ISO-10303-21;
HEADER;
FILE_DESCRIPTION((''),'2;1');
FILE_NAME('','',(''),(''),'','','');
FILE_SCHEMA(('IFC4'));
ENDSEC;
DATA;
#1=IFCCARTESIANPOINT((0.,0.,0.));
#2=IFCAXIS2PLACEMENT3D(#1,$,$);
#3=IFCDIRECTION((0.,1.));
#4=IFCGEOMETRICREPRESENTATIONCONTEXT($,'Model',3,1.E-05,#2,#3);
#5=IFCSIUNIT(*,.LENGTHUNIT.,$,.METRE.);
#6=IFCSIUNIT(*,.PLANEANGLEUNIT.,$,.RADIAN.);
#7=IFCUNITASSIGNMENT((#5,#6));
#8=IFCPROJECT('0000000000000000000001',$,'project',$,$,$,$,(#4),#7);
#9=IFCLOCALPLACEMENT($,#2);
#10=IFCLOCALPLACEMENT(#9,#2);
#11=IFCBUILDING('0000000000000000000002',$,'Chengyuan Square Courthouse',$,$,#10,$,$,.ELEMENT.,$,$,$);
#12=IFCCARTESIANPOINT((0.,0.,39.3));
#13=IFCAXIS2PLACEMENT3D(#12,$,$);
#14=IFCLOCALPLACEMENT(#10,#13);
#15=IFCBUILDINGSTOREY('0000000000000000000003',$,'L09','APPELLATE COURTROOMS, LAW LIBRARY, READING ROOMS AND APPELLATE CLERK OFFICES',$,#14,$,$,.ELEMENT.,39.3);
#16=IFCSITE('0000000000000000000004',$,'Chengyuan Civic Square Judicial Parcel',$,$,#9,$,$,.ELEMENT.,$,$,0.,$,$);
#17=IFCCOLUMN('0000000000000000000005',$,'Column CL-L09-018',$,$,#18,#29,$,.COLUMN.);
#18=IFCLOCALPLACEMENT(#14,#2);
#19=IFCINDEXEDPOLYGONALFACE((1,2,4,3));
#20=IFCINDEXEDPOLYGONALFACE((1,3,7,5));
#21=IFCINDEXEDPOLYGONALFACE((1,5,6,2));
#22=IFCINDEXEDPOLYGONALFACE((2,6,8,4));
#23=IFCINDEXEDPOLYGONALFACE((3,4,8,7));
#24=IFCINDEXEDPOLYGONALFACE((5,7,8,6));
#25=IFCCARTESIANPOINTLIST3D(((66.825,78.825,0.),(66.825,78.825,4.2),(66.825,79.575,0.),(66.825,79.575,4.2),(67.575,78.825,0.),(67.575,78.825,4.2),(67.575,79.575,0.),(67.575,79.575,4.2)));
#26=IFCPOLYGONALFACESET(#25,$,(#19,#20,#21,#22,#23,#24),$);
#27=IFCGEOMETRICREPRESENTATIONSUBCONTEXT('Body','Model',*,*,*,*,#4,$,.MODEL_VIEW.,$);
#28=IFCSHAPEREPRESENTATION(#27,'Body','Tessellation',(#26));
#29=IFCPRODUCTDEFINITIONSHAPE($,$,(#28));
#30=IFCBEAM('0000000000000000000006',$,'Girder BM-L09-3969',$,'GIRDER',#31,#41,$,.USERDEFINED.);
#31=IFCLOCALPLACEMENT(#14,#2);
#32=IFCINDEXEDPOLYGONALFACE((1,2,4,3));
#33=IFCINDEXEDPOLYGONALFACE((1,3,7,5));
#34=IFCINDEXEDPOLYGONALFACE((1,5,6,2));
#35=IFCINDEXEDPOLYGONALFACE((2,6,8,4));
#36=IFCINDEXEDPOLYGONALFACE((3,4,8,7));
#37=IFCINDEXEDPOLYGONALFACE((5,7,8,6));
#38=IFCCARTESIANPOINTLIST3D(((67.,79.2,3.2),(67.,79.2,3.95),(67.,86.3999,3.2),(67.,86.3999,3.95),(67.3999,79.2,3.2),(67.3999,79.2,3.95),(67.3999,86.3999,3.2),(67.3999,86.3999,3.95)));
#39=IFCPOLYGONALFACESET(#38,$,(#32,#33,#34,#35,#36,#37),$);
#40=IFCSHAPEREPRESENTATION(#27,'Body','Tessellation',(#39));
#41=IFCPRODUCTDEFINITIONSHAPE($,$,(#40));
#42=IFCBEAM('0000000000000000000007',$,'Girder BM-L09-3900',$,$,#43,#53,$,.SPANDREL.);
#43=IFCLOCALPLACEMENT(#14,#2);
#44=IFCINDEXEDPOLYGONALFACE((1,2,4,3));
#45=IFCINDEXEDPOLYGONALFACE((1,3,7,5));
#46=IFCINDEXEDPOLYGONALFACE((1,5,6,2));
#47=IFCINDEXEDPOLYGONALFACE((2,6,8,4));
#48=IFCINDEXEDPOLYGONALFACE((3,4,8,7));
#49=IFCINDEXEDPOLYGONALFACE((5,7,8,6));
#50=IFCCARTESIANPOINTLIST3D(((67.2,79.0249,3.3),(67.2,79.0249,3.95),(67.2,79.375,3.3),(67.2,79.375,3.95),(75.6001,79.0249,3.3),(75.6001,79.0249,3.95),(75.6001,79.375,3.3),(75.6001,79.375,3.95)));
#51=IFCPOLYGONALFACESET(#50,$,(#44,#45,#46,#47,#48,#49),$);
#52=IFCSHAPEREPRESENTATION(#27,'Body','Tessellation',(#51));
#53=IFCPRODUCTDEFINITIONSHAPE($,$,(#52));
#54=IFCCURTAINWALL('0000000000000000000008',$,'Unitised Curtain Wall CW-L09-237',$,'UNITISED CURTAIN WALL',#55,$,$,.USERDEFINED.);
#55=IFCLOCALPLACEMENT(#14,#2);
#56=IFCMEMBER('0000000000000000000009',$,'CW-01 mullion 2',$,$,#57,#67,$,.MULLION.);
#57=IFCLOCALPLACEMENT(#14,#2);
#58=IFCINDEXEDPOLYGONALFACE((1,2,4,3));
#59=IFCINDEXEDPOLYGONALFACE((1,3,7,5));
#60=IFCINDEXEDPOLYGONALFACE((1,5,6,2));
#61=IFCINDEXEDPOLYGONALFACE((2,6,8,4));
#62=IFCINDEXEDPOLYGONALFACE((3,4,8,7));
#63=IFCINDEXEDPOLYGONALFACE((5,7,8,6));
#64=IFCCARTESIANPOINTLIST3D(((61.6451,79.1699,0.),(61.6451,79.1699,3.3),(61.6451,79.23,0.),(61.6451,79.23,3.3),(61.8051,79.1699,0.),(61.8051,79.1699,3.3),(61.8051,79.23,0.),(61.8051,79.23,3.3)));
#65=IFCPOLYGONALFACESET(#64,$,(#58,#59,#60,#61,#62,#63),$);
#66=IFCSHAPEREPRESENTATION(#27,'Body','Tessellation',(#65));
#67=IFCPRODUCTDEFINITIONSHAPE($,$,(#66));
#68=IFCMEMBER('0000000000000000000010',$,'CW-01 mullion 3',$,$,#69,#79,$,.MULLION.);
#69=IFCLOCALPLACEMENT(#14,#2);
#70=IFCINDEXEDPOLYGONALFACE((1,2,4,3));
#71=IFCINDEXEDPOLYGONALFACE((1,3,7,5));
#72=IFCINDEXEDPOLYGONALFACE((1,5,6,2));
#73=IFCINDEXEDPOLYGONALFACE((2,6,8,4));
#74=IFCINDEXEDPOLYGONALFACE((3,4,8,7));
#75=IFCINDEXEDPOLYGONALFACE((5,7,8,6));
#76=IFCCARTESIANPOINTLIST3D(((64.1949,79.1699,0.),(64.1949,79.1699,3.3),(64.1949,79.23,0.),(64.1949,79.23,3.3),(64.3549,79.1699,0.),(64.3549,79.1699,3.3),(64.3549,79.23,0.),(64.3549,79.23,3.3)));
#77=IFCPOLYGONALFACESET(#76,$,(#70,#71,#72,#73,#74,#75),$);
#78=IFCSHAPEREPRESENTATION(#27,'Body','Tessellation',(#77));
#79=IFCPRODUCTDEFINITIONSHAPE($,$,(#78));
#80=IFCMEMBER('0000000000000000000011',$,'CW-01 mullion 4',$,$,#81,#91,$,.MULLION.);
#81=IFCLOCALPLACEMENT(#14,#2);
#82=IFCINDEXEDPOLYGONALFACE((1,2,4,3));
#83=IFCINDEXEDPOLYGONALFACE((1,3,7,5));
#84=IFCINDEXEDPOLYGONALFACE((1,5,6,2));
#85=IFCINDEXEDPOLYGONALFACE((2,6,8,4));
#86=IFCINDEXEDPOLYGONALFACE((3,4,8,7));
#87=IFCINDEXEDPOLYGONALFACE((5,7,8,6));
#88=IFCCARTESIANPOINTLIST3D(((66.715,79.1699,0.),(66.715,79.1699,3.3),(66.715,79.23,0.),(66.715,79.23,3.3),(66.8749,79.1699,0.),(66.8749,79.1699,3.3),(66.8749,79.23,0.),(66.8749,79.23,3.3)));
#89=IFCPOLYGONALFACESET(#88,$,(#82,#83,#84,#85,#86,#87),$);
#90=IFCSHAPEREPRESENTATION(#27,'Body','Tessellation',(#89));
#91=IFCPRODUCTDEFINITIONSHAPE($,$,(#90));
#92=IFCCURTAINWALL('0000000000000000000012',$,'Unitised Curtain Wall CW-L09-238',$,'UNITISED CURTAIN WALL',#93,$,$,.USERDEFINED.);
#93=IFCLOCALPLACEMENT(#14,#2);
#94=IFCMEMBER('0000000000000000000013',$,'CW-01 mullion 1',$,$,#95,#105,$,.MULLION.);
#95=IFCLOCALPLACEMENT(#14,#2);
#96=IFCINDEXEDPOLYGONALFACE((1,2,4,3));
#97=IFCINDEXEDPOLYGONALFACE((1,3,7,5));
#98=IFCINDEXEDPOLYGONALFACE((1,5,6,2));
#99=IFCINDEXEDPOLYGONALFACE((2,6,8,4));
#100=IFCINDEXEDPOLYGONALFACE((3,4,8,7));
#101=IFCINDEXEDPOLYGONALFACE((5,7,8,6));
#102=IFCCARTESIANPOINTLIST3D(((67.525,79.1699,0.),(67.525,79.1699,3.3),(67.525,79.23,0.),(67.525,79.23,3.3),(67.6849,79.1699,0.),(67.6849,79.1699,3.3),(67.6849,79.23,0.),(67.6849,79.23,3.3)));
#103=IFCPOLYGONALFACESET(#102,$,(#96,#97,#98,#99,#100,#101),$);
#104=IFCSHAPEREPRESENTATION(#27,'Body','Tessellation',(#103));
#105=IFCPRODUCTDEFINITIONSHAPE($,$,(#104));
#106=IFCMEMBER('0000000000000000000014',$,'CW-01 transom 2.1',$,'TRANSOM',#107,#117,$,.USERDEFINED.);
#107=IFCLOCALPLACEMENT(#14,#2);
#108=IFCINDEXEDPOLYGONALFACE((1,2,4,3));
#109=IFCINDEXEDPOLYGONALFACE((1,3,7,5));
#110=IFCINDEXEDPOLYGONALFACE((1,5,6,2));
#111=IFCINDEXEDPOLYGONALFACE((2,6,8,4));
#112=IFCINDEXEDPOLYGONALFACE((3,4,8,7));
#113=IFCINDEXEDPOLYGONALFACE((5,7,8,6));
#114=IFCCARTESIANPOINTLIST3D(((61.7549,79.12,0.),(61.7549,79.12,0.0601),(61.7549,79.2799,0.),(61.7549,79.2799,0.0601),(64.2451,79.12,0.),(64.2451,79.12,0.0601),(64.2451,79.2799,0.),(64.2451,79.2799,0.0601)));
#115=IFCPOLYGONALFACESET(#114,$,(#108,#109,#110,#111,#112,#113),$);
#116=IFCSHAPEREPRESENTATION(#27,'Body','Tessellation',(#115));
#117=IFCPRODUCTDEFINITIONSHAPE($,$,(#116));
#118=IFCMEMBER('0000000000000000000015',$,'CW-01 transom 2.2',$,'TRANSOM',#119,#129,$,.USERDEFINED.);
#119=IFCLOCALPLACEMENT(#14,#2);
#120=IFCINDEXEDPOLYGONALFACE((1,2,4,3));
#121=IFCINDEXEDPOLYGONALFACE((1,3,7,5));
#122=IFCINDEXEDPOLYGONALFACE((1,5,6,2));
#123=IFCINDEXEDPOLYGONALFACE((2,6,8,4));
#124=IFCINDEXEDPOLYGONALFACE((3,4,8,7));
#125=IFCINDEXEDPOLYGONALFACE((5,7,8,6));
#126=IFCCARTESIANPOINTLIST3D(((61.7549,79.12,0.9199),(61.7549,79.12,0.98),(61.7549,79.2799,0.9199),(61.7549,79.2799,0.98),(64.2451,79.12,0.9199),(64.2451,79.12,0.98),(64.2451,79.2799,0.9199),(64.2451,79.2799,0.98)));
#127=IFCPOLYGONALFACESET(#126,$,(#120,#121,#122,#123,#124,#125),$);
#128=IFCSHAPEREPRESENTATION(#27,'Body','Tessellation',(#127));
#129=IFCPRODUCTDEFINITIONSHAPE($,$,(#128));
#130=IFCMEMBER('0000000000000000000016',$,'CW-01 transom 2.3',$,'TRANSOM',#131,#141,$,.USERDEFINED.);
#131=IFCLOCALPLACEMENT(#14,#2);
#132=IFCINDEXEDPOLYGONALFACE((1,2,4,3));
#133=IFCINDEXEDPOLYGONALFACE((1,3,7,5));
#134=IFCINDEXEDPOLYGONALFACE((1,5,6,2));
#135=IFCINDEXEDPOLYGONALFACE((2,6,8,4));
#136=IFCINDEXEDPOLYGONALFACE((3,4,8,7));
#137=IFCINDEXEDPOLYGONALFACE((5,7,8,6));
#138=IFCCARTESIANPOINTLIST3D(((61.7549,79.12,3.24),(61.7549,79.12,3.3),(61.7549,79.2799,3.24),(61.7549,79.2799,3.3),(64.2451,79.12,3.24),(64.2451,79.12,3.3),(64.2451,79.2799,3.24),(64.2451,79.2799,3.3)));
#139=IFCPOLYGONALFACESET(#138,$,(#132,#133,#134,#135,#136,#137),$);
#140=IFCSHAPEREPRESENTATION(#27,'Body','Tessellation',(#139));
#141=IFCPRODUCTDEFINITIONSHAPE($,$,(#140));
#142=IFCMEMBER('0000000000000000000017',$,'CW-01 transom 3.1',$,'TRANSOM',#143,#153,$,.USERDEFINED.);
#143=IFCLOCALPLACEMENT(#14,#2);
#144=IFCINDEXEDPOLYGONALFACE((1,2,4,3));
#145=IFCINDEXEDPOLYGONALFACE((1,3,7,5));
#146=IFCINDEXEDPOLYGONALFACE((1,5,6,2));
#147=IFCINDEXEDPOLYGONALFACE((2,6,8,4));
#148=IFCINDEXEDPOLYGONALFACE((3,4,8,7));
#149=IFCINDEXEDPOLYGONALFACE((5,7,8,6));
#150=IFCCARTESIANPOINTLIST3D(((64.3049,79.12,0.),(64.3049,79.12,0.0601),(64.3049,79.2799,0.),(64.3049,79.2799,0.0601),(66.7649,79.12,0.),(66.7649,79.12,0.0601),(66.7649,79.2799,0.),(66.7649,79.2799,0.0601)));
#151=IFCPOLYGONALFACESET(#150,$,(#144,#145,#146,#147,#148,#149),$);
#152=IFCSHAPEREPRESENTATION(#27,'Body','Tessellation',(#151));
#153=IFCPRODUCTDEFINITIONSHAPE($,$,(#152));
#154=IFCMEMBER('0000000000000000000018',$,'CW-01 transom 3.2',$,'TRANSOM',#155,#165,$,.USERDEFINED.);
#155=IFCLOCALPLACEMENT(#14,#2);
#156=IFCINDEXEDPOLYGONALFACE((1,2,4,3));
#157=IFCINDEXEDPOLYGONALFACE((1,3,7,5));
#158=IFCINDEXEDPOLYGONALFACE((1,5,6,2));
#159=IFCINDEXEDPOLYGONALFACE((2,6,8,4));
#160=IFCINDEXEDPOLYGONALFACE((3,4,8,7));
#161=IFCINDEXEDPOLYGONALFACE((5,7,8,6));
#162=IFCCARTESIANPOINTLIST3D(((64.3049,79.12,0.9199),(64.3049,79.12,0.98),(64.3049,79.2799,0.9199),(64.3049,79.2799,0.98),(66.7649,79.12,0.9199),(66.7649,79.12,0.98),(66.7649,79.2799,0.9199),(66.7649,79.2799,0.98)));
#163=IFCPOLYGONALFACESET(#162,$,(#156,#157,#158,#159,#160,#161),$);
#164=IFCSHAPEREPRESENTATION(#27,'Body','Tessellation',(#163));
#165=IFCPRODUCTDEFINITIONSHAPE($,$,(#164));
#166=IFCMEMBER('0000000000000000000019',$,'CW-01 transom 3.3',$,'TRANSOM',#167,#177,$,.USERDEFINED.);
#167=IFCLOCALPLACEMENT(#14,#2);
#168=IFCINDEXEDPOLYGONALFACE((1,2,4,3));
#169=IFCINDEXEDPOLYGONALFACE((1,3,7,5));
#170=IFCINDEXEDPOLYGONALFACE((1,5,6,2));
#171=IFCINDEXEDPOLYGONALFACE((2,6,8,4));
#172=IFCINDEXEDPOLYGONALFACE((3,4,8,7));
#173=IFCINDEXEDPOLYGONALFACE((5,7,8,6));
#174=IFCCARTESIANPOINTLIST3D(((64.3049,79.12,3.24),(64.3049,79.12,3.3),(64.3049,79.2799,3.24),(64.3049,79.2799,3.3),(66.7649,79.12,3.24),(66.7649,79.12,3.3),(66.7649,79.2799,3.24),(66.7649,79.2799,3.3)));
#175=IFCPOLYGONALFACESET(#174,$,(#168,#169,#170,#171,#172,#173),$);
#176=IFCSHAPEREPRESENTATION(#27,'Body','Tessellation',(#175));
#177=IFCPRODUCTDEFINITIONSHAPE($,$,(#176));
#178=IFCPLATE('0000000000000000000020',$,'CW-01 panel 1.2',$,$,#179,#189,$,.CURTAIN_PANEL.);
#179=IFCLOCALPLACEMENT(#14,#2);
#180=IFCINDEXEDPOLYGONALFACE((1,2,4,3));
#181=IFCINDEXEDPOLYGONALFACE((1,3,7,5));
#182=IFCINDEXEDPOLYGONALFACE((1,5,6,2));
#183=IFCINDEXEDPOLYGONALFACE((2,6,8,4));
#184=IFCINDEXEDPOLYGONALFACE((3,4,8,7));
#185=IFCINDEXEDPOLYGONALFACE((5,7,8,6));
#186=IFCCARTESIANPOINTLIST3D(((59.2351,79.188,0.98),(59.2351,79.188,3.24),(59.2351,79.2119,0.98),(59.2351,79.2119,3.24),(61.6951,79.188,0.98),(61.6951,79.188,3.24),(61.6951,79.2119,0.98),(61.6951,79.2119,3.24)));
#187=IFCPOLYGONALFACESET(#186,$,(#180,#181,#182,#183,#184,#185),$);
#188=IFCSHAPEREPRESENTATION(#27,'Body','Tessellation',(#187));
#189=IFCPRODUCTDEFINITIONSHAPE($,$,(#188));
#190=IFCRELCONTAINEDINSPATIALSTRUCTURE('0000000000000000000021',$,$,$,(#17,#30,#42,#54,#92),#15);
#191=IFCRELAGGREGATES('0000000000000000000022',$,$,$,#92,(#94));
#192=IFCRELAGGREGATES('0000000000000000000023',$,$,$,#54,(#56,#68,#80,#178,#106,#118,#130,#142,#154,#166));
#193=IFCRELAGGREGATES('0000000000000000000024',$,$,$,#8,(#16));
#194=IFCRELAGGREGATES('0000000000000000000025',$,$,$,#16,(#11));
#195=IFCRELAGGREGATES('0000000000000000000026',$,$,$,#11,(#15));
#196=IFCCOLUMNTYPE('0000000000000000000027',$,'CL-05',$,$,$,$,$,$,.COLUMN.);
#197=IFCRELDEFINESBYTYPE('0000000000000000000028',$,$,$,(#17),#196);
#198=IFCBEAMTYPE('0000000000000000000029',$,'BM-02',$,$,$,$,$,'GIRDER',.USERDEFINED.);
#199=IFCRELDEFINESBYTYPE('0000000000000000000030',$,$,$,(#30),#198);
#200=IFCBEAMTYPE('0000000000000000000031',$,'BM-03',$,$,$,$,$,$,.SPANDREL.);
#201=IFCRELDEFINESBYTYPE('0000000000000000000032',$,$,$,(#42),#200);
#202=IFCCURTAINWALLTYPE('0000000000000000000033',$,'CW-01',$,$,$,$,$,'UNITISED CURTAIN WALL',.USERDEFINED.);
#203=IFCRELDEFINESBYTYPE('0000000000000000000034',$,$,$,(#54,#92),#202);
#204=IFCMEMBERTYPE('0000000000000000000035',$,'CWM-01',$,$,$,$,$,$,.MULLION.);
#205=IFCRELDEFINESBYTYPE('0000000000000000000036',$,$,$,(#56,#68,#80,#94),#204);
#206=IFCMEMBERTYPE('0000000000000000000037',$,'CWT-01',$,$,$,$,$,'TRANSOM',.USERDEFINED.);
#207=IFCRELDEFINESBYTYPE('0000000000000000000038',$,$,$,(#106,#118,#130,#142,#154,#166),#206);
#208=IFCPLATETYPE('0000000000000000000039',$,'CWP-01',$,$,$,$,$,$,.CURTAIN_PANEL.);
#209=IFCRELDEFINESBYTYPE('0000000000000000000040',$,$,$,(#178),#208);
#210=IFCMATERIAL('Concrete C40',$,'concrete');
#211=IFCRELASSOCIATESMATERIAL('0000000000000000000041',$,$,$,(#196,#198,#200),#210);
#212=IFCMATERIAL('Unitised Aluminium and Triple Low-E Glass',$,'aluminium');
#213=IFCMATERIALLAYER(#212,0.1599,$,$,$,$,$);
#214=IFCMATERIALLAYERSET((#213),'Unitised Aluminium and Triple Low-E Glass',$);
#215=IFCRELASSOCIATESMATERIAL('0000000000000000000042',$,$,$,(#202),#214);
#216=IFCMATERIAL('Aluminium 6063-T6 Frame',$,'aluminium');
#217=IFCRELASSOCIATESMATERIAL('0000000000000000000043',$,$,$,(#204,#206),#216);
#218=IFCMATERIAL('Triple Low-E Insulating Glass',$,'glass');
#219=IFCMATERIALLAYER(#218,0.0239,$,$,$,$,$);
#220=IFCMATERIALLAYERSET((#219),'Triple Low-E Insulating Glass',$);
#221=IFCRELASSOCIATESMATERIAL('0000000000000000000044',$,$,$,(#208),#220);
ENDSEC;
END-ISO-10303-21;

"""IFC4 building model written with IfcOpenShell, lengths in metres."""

from ifc_helpers import new_model, si_unit, direction, frame, origin, origin_2d, place, context, subcontext, project, spatial, rectangle, extrude, material, layer, layer_set, material_profile, profile_set, type_object, element, aggregate, save


model = new_model("IFC4")

# Units and contexts
model_context = context("Model", 3, precision=1e-05, world=origin(), true_north=direction((0.0, 1.0)))
body_context = subcontext(model_context, "Body", "Model", "MODEL_VIEW")
ifc_project = project(units=[si_unit("LENGTHUNIT", "METRE"), si_unit("PLANEANGLEUNIT", "RADIAN")], contexts=[model_context])

# Site, building, storey
site_placement = place(None, origin())
site = spatial("IfcSite", under=ifc_project, at=site_placement, Name="Chengyuan Civic Square Judicial Parcel", CompositionType="ELEMENT", RefElevation=0.0)
building_placement = place(site_placement, origin())
building = spatial("IfcBuilding", under=site, at=building_placement, Name="Chengyuan Square Courthouse", CompositionType="ELEMENT")
storey_placement = place(building_placement, frame((0.0, 0.0, 39.3)))
storey = spatial("IfcBuildingStorey", under=building, at=storey_placement, Name="L09", Description="APPELLATE COURTROOMS, LAW LIBRARY, READING ROOMS AND APPELLATE CLERK OFFICES", CompositionType="ELEMENT", Elevation=39.3)

# Column
ifc_material_1 = material(Name="Concrete C40", Category="concrete")
ifc_material_profile_1 = material_profile(ifc_material_1, rectangle(XDim=0.75, YDim=0.75, at=origin_2d()), Name="RC-COL-750x750")
ifc_profile_set_1 = profile_set([ifc_material_profile_1], Name="Concrete C40")
column_type = type_object("IfcColumnType", Name="CL-05", PredefinedType="COLUMN", material=ifc_profile_set_1)
column_placement = place(storey_placement, frame((67.2, 79.2, 0.0), z_axis=(0.0, 0.0, 1.0), x_axis=(1.0, 0.0, 0.0)))
element("IfcColumn", 1, at=column_placement, inside=storey, type_object=column_type, Name="Column CL-L09-018", PredefinedType="COLUMN", context=body_context, shape_type="SweptSolid", body=[
    extrude(rectangle(XDim=0.75, YDim=0.75, at=origin_2d()), origin(), (0.0, 0.0, 1.0), 4.2),
])

# Beams
ifc_material_profile_2 = material_profile(ifc_material_1, rectangle(XDim=0.3999, YDim=0.75, at=origin_2d()), Name="RC-BM-400x750")
ifc_profile_set_2 = profile_set([ifc_material_profile_2], Name="Concrete C40")
beam_type_1 = type_object("IfcBeamType", Name="BM-02", ElementType="GIRDER", PredefinedType="USERDEFINED", material=ifc_profile_set_2)
beam_1_placement = place(storey_placement, frame((67.2, 79.2, 3.575), z_axis=(0.0, 1.0, 0.0), x_axis=(-1.0, 0.0, 0.0)))
element("IfcBeam", 2, at=beam_1_placement, inside=storey, type_object=beam_type_1, Name="Girder BM-L09-3969", ObjectType="GIRDER", PredefinedType="USERDEFINED", context=body_context, shape_type="SweptSolid", body=[
    extrude(rectangle(XDim=0.3999, YDim=0.75, at=origin_2d()), origin(), (0.0, 0.0, 1.0), 7.2),
])
ifc_material_profile_3 = material_profile(ifc_material_1, rectangle(XDim=0.3501, YDim=0.6499, at=origin_2d()), Name="RC-BM-350x650")
ifc_profile_set_3 = profile_set([ifc_material_profile_3], Name="Concrete C40")
beam_type_2 = type_object("IfcBeamType", Name="BM-03", PredefinedType="SPANDREL", material=ifc_profile_set_3)
beam_2_placement = place(storey_placement, frame((67.2, 79.2, 3.625), z_axis=(1.0, 0.0, 0.0), x_axis=(0.0, 1.0, 0.0)))
element("IfcBeam", 3, at=beam_2_placement, inside=storey, type_object=beam_type_2, Name="Girder BM-L09-3900", PredefinedType="SPANDREL", context=body_context, shape_type="SweptSolid", body=[
    extrude(rectangle(XDim=0.3501, YDim=0.6499, at=origin_2d()), origin(), (0.0, 0.0, 1.0), 8.4001),
])

# Curtain wall, members
ifc_material_2 = material(Name="Unitised Aluminium and Triple Low-E Glass", Category="aluminium")
ifc_layer_1 = layer(ifc_material_2, 0.1599)
ifc_layer_set_1 = layer_set([ifc_layer_1], Name="Unitised Aluminium and Triple Low-E Glass")
curtain_wall_type = type_object("IfcCurtainWallType", Name="CW-01", ElementType="UNITISED CURTAIN WALL", PredefinedType="USERDEFINED", material=ifc_layer_set_1)
curtain_wall_1_placement = place(storey_placement, origin())
curtain_wall_1 = element("IfcCurtainWall", 4, at=curtain_wall_1_placement, inside=storey, type_object=curtain_wall_type, Name="Unitised Curtain Wall CW-L09-237", ObjectType="UNITISED CURTAIN WALL", PredefinedType="USERDEFINED")
ifc_material_3 = material(Name="Aluminium 6063-T6 Frame", Category="aluminium")
ifc_material_profile_4 = material_profile(ifc_material_3, rectangle(XDim=0.0601, YDim=0.1599, at=origin_2d()), Name="CW-MUL-60x160")
ifc_profile_set_4 = profile_set([ifc_material_profile_4], Name="Aluminium 6063-T6 Frame")
member_type_1 = type_object("IfcMemberType", Name="CWM-01", PredefinedType="MULLION", material=ifc_profile_set_4)
member_1_placement = place(storey_placement, frame((61.7251, 79.2, 0.0), z_axis=(0.0, 0.0, 1.0), x_axis=(0.0, 1.0, 0.0)))
member_1 = element("IfcMember", 5, at=member_1_placement, type_object=member_type_1, Name="CW-01 mullion 2", PredefinedType="MULLION", context=body_context, shape_type="SweptSolid", body=[
    extrude(rectangle(XDim=0.0601, YDim=0.1599, at=origin_2d()), origin(), (0.0, 0.0, 1.0), 3.3),
])
member_2_placement = place(storey_placement, frame((64.2749, 79.2, 0.0), z_axis=(0.0, 0.0, 1.0), x_axis=(0.0, 1.0, 0.0)))
member_2 = element("IfcMember", 6, at=member_2_placement, type_object=member_type_1, Name="CW-01 mullion 3", PredefinedType="MULLION", context=body_context, shape_type="SweptSolid", body=[
    extrude(rectangle(XDim=0.0601, YDim=0.1599, at=origin_2d()), origin(), (0.0, 0.0, 1.0), 3.3),
])
member_3_placement = place(storey_placement, frame((66.7949, 79.2, 0.0), z_axis=(0.0, 0.0, 1.0), x_axis=(0.0, 1.0, 0.0)))
member_3 = element("IfcMember", 7, at=member_3_placement, type_object=member_type_1, Name="CW-01 mullion 4", PredefinedType="MULLION", context=body_context, shape_type="SweptSolid", body=[
    extrude(rectangle(XDim=0.0601, YDim=0.1599, at=origin_2d()), origin(), (0.0, 0.0, 1.0), 3.3),
])

# Curtain wall, member
curtain_wall_2_placement = place(storey_placement, origin())
curtain_wall_2 = element("IfcCurtainWall", 8, at=curtain_wall_2_placement, inside=storey, type_object=curtain_wall_type, Name="Unitised Curtain Wall CW-L09-238", ObjectType="UNITISED CURTAIN WALL", PredefinedType="USERDEFINED")
member_4_placement = place(storey_placement, frame((67.605, 79.2, 0.0), z_axis=(0.0, 0.0, 1.0), x_axis=(0.0, 1.0, 0.0)))
member_4 = element("IfcMember", 9, at=member_4_placement, type_object=member_type_1, Name="CW-01 mullion 1", PredefinedType="MULLION", context=body_context, shape_type="SweptSolid", body=[
    extrude(rectangle(XDim=0.0601, YDim=0.1599, at=origin_2d()), origin(), (0.0, 0.0, 1.0), 3.3),
])
aggregate(curtain_wall_2, [member_4])

# Members
ifc_material_profile_5 = material_profile(ifc_material_3, rectangle(XDim=0.1599, YDim=0.0601, at=origin_2d()), Name="CW-TRN-60x120")
ifc_profile_set_5 = profile_set([ifc_material_profile_5], Name="Aluminium 6063-T6 Frame")
member_type_2 = type_object("IfcMemberType", Name="CWT-01", ElementType="TRANSOM", PredefinedType="USERDEFINED", material=ifc_profile_set_5)
member_5_placement = place(storey_placement, frame((61.7549, 79.2, 0.03), z_axis=(1.0, 0.0, 0.0), x_axis=(0.0, 1.0, 0.0)))
member_5 = element("IfcMember", 10, at=member_5_placement, type_object=member_type_2, Name="CW-01 transom 2.1", ObjectType="TRANSOM", PredefinedType="USERDEFINED", context=body_context, shape_type="SweptSolid", body=[
    extrude(rectangle(XDim=0.1599, YDim=0.0601, at=origin_2d()), origin(), (0.0, 0.0, 1.0), 2.4902),
])
member_6_placement = place(storey_placement, frame((61.7549, 79.2, 0.95), z_axis=(1.0, 0.0, 0.0), x_axis=(0.0, 1.0, 0.0)))
member_6 = element("IfcMember", 11, at=member_6_placement, type_object=member_type_2, Name="CW-01 transom 2.2", ObjectType="TRANSOM", PredefinedType="USERDEFINED", context=body_context, shape_type="SweptSolid", body=[
    extrude(rectangle(XDim=0.1599, YDim=0.0601, at=origin_2d()), origin(), (0.0, 0.0, 1.0), 2.4902),
])
member_7_placement = place(storey_placement, frame((61.7549, 79.2, 3.27), z_axis=(1.0, 0.0, 0.0), x_axis=(0.0, 1.0, 0.0)))
member_7 = element("IfcMember", 12, at=member_7_placement, type_object=member_type_2, Name="CW-01 transom 2.3", ObjectType="TRANSOM", PredefinedType="USERDEFINED", context=body_context, shape_type="SweptSolid", body=[
    extrude(rectangle(XDim=0.1599, YDim=0.0601, at=origin_2d()), origin(), (0.0, 0.0, 1.0), 2.4902),
])
member_8_placement = place(storey_placement, frame((64.3049, 79.2, 0.03), z_axis=(1.0, 0.0, 0.0), x_axis=(0.0, 1.0, 0.0)))
member_8 = element("IfcMember", 13, at=member_8_placement, type_object=member_type_2, Name="CW-01 transom 3.1", ObjectType="TRANSOM", PredefinedType="USERDEFINED", context=body_context, shape_type="SweptSolid", body=[
    extrude(rectangle(XDim=0.1599, YDim=0.0601, at=origin_2d()), origin(), (0.0, 0.0, 1.0), 2.46),
])
member_9_placement = place(storey_placement, frame((64.3049, 79.2, 0.95), z_axis=(1.0, 0.0, 0.0), x_axis=(0.0, 1.0, 0.0)))
member_9 = element("IfcMember", 14, at=member_9_placement, type_object=member_type_2, Name="CW-01 transom 3.2", ObjectType="TRANSOM", PredefinedType="USERDEFINED", context=body_context, shape_type="SweptSolid", body=[
    extrude(rectangle(XDim=0.1599, YDim=0.0601, at=origin_2d()), origin(), (0.0, 0.0, 1.0), 2.46),
])
member_10_placement = place(storey_placement, frame((64.3049, 79.2, 3.27), z_axis=(1.0, 0.0, 0.0), x_axis=(0.0, 1.0, 0.0)))
member_10 = element("IfcMember", 15, at=member_10_placement, type_object=member_type_2, Name="CW-01 transom 3.3", ObjectType="TRANSOM", PredefinedType="USERDEFINED", context=body_context, shape_type="SweptSolid", body=[
    extrude(rectangle(XDim=0.1599, YDim=0.0601, at=origin_2d()), origin(), (0.0, 0.0, 1.0), 2.46),
])

# Plate
ifc_material_4 = material(Name="Triple Low-E Insulating Glass", Category="glass")
ifc_layer_2 = layer(ifc_material_4, 0.0239)
ifc_layer_set_2 = layer_set([ifc_layer_2], Name="Triple Low-E Insulating Glass")
plate_type = type_object("IfcPlateType", Name="CWP-01", PredefinedType="CURTAIN_PANEL", material=ifc_layer_set_2)
plate_1_placement = place(storey_placement, frame((60.4651, 79.2, 0.98), z_axis=(0.0, 0.0, 1.0), x_axis=(1.0, 0.0, 0.0)))
plate_1 = element("IfcPlate", 16, at=plate_1_placement, type_object=plate_type, Name="CW-01 panel 1.2", PredefinedType="CURTAIN_PANEL", context=body_context, shape_type="SweptSolid", body=[
    extrude(rectangle(XDim=2.46, YDim=0.0239, at=origin_2d()), origin(), (0.0, 0.0, 1.0), 2.26),
])
aggregate(curtain_wall_1, [member_1, member_2, member_3, plate_1, member_5, member_6, member_7, member_8, member_9, member_10])

save(model, "model.ifc")
